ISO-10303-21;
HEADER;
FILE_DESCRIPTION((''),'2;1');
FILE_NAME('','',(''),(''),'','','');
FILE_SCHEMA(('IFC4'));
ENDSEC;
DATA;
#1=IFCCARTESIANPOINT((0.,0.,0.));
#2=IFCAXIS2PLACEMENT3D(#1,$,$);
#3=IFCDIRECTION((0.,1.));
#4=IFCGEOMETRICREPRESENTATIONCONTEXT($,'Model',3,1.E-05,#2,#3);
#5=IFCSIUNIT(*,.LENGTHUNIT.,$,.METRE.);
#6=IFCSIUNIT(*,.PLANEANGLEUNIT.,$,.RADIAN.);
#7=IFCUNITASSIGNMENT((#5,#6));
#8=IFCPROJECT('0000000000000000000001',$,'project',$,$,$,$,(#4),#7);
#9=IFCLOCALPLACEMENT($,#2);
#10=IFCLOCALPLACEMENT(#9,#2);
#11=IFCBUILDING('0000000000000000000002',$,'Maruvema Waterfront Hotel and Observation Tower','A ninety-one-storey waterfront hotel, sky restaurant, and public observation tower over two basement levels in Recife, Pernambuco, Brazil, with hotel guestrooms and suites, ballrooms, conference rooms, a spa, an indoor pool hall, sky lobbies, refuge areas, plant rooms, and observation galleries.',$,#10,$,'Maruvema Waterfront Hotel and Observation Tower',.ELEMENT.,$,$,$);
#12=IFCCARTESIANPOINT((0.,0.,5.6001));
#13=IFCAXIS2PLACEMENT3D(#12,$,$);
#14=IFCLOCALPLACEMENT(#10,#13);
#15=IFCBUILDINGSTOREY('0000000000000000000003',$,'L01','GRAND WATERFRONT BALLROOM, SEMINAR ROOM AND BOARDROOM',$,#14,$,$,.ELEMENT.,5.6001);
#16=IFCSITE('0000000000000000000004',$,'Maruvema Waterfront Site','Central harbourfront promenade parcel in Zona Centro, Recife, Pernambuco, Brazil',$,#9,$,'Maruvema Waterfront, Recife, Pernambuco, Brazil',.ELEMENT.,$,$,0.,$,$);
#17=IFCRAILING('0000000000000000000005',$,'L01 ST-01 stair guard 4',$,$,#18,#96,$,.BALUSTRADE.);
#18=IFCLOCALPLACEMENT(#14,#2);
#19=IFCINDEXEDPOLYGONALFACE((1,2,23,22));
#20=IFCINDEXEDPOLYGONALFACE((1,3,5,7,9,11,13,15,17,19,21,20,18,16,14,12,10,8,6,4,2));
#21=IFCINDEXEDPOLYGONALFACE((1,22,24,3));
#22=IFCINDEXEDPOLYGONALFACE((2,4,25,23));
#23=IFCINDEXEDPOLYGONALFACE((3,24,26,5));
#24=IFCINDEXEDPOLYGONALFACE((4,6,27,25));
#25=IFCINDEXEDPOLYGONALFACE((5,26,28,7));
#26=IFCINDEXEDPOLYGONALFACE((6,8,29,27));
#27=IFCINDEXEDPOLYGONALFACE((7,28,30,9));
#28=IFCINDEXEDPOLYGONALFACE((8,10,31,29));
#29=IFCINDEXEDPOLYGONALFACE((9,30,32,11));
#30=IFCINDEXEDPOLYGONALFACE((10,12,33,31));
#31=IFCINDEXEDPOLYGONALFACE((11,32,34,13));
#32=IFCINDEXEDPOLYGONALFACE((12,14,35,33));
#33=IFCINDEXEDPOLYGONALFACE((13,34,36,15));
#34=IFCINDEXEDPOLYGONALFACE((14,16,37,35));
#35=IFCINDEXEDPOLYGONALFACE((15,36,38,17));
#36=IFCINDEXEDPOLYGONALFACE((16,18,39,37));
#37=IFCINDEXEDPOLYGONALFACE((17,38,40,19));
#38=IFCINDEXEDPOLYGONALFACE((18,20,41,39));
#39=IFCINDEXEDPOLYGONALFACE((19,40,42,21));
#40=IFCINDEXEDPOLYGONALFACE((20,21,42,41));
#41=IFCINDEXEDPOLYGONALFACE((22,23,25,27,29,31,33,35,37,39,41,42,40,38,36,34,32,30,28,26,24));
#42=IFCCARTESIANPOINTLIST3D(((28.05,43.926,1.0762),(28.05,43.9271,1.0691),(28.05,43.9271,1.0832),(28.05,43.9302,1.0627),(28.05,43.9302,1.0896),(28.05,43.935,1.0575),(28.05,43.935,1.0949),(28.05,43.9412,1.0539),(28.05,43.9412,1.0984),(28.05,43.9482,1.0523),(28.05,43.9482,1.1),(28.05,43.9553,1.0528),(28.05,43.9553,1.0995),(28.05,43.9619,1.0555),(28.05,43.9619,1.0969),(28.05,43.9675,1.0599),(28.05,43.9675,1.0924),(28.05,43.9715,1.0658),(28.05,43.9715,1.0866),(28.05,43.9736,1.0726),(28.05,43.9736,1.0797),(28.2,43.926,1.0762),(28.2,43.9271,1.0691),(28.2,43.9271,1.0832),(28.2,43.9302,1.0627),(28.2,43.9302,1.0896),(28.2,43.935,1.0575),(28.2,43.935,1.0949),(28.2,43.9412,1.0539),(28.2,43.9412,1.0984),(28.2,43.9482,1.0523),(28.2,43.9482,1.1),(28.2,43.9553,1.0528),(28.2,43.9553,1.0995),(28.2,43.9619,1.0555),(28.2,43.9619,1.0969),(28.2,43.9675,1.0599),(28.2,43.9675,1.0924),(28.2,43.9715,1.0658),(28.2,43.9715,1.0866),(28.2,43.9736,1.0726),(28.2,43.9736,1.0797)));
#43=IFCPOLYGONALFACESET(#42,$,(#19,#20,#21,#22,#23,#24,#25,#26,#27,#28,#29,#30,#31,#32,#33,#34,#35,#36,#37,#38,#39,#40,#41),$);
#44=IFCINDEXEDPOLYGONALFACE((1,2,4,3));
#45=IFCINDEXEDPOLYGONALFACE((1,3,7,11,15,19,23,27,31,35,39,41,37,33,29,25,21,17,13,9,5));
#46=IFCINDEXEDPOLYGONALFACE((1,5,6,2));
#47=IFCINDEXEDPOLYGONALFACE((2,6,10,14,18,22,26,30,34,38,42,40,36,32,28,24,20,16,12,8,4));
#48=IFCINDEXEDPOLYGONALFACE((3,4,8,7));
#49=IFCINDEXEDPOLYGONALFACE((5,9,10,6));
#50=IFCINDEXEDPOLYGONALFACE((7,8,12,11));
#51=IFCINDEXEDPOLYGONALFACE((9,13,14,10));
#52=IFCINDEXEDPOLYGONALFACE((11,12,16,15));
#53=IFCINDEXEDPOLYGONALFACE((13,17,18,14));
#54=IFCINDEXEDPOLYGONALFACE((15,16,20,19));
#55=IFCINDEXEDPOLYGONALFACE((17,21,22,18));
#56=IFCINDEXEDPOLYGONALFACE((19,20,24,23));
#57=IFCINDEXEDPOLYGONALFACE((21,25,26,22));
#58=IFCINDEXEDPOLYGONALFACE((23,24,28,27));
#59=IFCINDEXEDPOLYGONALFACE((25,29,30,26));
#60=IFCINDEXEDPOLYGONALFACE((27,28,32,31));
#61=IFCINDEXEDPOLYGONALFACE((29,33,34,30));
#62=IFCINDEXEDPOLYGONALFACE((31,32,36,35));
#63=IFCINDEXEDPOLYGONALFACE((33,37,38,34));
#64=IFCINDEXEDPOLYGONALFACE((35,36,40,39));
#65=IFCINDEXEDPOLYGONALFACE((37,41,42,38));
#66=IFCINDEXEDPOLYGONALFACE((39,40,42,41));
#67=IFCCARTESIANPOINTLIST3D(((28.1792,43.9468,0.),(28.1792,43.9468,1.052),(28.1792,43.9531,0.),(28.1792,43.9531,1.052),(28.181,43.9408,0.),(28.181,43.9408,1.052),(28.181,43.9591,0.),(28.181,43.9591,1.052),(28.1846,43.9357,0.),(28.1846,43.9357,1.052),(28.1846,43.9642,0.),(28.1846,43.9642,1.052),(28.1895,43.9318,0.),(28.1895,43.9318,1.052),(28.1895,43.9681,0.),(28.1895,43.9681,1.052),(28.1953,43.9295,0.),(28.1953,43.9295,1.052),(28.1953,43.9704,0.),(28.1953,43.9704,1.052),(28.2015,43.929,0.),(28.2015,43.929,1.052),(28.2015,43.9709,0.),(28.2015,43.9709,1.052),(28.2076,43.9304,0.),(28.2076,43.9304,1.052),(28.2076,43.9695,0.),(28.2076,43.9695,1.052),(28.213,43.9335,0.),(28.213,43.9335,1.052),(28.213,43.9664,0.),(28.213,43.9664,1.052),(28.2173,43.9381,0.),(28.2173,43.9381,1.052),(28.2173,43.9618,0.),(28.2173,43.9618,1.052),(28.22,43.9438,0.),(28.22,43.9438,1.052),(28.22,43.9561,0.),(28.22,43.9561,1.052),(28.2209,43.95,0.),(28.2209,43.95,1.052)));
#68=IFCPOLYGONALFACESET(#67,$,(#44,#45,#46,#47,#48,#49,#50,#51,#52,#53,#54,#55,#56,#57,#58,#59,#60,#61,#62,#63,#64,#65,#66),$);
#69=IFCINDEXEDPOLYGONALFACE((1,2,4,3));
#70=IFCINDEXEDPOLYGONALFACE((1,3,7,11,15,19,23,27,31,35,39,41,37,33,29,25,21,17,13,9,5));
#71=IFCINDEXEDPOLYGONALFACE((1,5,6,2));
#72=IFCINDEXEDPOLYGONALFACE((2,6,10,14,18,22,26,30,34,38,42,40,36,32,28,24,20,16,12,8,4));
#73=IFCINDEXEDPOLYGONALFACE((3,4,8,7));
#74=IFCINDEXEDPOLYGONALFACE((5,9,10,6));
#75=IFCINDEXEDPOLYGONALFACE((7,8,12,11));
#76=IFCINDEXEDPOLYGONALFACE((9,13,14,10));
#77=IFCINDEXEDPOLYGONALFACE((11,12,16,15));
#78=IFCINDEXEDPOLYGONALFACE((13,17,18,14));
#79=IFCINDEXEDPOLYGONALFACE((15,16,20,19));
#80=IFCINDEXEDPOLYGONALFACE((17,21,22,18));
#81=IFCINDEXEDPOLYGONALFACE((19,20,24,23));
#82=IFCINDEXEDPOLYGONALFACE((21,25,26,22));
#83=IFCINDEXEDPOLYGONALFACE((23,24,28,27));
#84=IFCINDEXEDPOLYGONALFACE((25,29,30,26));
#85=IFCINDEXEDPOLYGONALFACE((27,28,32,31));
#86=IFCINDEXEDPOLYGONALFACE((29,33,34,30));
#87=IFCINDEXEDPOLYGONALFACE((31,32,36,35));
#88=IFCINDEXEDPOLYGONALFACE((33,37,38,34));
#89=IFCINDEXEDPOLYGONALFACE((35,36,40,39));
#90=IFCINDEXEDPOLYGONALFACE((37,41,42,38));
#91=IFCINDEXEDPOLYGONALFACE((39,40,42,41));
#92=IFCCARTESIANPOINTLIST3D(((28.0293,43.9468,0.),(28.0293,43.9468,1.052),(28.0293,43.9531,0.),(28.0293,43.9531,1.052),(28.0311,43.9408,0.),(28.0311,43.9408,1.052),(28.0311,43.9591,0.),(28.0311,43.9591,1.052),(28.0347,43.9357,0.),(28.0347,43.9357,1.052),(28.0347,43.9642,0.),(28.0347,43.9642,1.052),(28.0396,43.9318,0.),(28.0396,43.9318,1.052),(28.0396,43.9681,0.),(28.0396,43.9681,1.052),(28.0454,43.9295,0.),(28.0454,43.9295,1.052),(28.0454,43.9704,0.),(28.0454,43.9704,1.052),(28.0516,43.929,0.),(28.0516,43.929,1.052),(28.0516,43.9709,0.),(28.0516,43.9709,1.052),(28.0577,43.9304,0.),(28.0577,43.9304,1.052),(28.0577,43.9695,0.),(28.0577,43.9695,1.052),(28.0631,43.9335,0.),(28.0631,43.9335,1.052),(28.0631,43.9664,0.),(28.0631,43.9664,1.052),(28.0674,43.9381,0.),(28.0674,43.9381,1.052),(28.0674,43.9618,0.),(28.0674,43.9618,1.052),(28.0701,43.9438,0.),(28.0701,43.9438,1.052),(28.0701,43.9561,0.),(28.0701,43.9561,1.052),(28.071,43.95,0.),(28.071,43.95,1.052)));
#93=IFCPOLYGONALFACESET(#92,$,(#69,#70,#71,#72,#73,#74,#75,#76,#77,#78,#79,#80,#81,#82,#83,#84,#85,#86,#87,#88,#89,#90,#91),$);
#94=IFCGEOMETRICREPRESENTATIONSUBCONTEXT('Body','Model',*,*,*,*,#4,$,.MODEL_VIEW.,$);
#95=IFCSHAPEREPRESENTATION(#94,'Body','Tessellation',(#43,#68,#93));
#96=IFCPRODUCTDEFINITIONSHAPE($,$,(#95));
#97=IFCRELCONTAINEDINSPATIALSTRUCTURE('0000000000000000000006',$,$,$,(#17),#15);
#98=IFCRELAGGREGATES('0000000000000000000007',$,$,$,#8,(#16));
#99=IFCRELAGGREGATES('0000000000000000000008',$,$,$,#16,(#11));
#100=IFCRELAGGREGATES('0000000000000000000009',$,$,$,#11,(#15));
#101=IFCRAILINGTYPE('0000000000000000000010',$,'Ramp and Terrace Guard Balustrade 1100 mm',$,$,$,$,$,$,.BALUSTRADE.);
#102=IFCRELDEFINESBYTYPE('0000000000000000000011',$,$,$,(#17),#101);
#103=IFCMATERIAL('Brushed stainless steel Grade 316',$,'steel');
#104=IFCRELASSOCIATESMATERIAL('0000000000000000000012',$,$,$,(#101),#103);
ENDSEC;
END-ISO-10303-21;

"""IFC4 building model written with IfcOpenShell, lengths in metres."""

from ifc_helpers import new_model, si_unit, direction, frame, origin, origin_2d, place, context, subcontext, project, spatial, circle, extrude, material, type_object, element, save


model = new_model("IFC4")

# Units and contexts
model_context = context("Model", 3, precision=1e-05, world=origin(), true_north=direction((0.0, 1.0)))
body_context = subcontext(model_context, "Body", "Model", "MODEL_VIEW")
ifc_project = project(units=[si_unit("LENGTHUNIT", "METRE"), si_unit("PLANEANGLEUNIT", "RADIAN")], contexts=[model_context])

# Site, building, storey
site_placement = place(None, origin())
site = spatial("IfcSite", under=ifc_project, at=site_placement, Name="Maruvema Waterfront Site", Description="Central harbourfront promenade parcel in Zona Centro, Recife, Pernambuco, Brazil", LongName="Maruvema Waterfront, Recife, Pernambuco, Brazil", CompositionType="ELEMENT", RefElevation=0.0)
building_placement = place(site_placement, origin())
building = spatial("IfcBuilding", under=site, at=building_placement, Name="Maruvema Waterfront Hotel and Observation Tower", Description="A ninety-one-storey waterfront hotel, sky restaurant, and public observation tower over two basement levels in Recife, Pernambuco, Brazil, with hotel guestrooms and suites, ballrooms, conference rooms, a spa, an indoor pool hall, sky lobbies, refuge areas, plant rooms, and observation galleries.", LongName="Maruvema Waterfront Hotel and Observation Tower", CompositionType="ELEMENT")
storey_placement = place(building_placement, frame((0.0, 0.0, 5.6001)))
storey = spatial("IfcBuildingStorey", under=building, at=storey_placement, Name="L01", Description="GRAND WATERFRONT BALLROOM, SEMINAR ROOM AND BOARDROOM", CompositionType="ELEMENT", Elevation=5.6001)

# Railing
ifc_material_1 = material(Name="Brushed stainless steel Grade 316", Category="steel")
railing_type_1 = type_object("IfcRailingType", Name="Ramp and Terrace Guard Balustrade 1100 mm", PredefinedType="BALUSTRADE", material=ifc_material_1)
railing_1_placement = place(storey_placement, frame((28.2, 43.95, 0.0)))
element("IfcRailing", 1, at=railing_1_placement, inside=storey, type_object=railing_type_1, Name="L01 ST-01 stair guard 4", PredefinedType="BALUSTRADE", context=body_context, shape_type="SweptSolid", body=[
    extrude(circle(Radius=0.0239, at=origin_2d()), frame((0.0, 0.0, 1.0762), z_axis=(-1.0, 0.0, 0.0), x_axis=(0.0, -1.0, 0.0)), (0.0, 0.0, 1.0), 0.1499),
    extrude(circle(Radius=0.021, at=origin_2d()), origin(), (0.0, 0.0, 1.0), 1.052),
    extrude(circle(Radius=0.021, at=origin_2d()), frame((-0.1499, 0.0, 0.0)), (0.0, 0.0, 1.0), 1.052),
])

save(model, "model.ifc")
